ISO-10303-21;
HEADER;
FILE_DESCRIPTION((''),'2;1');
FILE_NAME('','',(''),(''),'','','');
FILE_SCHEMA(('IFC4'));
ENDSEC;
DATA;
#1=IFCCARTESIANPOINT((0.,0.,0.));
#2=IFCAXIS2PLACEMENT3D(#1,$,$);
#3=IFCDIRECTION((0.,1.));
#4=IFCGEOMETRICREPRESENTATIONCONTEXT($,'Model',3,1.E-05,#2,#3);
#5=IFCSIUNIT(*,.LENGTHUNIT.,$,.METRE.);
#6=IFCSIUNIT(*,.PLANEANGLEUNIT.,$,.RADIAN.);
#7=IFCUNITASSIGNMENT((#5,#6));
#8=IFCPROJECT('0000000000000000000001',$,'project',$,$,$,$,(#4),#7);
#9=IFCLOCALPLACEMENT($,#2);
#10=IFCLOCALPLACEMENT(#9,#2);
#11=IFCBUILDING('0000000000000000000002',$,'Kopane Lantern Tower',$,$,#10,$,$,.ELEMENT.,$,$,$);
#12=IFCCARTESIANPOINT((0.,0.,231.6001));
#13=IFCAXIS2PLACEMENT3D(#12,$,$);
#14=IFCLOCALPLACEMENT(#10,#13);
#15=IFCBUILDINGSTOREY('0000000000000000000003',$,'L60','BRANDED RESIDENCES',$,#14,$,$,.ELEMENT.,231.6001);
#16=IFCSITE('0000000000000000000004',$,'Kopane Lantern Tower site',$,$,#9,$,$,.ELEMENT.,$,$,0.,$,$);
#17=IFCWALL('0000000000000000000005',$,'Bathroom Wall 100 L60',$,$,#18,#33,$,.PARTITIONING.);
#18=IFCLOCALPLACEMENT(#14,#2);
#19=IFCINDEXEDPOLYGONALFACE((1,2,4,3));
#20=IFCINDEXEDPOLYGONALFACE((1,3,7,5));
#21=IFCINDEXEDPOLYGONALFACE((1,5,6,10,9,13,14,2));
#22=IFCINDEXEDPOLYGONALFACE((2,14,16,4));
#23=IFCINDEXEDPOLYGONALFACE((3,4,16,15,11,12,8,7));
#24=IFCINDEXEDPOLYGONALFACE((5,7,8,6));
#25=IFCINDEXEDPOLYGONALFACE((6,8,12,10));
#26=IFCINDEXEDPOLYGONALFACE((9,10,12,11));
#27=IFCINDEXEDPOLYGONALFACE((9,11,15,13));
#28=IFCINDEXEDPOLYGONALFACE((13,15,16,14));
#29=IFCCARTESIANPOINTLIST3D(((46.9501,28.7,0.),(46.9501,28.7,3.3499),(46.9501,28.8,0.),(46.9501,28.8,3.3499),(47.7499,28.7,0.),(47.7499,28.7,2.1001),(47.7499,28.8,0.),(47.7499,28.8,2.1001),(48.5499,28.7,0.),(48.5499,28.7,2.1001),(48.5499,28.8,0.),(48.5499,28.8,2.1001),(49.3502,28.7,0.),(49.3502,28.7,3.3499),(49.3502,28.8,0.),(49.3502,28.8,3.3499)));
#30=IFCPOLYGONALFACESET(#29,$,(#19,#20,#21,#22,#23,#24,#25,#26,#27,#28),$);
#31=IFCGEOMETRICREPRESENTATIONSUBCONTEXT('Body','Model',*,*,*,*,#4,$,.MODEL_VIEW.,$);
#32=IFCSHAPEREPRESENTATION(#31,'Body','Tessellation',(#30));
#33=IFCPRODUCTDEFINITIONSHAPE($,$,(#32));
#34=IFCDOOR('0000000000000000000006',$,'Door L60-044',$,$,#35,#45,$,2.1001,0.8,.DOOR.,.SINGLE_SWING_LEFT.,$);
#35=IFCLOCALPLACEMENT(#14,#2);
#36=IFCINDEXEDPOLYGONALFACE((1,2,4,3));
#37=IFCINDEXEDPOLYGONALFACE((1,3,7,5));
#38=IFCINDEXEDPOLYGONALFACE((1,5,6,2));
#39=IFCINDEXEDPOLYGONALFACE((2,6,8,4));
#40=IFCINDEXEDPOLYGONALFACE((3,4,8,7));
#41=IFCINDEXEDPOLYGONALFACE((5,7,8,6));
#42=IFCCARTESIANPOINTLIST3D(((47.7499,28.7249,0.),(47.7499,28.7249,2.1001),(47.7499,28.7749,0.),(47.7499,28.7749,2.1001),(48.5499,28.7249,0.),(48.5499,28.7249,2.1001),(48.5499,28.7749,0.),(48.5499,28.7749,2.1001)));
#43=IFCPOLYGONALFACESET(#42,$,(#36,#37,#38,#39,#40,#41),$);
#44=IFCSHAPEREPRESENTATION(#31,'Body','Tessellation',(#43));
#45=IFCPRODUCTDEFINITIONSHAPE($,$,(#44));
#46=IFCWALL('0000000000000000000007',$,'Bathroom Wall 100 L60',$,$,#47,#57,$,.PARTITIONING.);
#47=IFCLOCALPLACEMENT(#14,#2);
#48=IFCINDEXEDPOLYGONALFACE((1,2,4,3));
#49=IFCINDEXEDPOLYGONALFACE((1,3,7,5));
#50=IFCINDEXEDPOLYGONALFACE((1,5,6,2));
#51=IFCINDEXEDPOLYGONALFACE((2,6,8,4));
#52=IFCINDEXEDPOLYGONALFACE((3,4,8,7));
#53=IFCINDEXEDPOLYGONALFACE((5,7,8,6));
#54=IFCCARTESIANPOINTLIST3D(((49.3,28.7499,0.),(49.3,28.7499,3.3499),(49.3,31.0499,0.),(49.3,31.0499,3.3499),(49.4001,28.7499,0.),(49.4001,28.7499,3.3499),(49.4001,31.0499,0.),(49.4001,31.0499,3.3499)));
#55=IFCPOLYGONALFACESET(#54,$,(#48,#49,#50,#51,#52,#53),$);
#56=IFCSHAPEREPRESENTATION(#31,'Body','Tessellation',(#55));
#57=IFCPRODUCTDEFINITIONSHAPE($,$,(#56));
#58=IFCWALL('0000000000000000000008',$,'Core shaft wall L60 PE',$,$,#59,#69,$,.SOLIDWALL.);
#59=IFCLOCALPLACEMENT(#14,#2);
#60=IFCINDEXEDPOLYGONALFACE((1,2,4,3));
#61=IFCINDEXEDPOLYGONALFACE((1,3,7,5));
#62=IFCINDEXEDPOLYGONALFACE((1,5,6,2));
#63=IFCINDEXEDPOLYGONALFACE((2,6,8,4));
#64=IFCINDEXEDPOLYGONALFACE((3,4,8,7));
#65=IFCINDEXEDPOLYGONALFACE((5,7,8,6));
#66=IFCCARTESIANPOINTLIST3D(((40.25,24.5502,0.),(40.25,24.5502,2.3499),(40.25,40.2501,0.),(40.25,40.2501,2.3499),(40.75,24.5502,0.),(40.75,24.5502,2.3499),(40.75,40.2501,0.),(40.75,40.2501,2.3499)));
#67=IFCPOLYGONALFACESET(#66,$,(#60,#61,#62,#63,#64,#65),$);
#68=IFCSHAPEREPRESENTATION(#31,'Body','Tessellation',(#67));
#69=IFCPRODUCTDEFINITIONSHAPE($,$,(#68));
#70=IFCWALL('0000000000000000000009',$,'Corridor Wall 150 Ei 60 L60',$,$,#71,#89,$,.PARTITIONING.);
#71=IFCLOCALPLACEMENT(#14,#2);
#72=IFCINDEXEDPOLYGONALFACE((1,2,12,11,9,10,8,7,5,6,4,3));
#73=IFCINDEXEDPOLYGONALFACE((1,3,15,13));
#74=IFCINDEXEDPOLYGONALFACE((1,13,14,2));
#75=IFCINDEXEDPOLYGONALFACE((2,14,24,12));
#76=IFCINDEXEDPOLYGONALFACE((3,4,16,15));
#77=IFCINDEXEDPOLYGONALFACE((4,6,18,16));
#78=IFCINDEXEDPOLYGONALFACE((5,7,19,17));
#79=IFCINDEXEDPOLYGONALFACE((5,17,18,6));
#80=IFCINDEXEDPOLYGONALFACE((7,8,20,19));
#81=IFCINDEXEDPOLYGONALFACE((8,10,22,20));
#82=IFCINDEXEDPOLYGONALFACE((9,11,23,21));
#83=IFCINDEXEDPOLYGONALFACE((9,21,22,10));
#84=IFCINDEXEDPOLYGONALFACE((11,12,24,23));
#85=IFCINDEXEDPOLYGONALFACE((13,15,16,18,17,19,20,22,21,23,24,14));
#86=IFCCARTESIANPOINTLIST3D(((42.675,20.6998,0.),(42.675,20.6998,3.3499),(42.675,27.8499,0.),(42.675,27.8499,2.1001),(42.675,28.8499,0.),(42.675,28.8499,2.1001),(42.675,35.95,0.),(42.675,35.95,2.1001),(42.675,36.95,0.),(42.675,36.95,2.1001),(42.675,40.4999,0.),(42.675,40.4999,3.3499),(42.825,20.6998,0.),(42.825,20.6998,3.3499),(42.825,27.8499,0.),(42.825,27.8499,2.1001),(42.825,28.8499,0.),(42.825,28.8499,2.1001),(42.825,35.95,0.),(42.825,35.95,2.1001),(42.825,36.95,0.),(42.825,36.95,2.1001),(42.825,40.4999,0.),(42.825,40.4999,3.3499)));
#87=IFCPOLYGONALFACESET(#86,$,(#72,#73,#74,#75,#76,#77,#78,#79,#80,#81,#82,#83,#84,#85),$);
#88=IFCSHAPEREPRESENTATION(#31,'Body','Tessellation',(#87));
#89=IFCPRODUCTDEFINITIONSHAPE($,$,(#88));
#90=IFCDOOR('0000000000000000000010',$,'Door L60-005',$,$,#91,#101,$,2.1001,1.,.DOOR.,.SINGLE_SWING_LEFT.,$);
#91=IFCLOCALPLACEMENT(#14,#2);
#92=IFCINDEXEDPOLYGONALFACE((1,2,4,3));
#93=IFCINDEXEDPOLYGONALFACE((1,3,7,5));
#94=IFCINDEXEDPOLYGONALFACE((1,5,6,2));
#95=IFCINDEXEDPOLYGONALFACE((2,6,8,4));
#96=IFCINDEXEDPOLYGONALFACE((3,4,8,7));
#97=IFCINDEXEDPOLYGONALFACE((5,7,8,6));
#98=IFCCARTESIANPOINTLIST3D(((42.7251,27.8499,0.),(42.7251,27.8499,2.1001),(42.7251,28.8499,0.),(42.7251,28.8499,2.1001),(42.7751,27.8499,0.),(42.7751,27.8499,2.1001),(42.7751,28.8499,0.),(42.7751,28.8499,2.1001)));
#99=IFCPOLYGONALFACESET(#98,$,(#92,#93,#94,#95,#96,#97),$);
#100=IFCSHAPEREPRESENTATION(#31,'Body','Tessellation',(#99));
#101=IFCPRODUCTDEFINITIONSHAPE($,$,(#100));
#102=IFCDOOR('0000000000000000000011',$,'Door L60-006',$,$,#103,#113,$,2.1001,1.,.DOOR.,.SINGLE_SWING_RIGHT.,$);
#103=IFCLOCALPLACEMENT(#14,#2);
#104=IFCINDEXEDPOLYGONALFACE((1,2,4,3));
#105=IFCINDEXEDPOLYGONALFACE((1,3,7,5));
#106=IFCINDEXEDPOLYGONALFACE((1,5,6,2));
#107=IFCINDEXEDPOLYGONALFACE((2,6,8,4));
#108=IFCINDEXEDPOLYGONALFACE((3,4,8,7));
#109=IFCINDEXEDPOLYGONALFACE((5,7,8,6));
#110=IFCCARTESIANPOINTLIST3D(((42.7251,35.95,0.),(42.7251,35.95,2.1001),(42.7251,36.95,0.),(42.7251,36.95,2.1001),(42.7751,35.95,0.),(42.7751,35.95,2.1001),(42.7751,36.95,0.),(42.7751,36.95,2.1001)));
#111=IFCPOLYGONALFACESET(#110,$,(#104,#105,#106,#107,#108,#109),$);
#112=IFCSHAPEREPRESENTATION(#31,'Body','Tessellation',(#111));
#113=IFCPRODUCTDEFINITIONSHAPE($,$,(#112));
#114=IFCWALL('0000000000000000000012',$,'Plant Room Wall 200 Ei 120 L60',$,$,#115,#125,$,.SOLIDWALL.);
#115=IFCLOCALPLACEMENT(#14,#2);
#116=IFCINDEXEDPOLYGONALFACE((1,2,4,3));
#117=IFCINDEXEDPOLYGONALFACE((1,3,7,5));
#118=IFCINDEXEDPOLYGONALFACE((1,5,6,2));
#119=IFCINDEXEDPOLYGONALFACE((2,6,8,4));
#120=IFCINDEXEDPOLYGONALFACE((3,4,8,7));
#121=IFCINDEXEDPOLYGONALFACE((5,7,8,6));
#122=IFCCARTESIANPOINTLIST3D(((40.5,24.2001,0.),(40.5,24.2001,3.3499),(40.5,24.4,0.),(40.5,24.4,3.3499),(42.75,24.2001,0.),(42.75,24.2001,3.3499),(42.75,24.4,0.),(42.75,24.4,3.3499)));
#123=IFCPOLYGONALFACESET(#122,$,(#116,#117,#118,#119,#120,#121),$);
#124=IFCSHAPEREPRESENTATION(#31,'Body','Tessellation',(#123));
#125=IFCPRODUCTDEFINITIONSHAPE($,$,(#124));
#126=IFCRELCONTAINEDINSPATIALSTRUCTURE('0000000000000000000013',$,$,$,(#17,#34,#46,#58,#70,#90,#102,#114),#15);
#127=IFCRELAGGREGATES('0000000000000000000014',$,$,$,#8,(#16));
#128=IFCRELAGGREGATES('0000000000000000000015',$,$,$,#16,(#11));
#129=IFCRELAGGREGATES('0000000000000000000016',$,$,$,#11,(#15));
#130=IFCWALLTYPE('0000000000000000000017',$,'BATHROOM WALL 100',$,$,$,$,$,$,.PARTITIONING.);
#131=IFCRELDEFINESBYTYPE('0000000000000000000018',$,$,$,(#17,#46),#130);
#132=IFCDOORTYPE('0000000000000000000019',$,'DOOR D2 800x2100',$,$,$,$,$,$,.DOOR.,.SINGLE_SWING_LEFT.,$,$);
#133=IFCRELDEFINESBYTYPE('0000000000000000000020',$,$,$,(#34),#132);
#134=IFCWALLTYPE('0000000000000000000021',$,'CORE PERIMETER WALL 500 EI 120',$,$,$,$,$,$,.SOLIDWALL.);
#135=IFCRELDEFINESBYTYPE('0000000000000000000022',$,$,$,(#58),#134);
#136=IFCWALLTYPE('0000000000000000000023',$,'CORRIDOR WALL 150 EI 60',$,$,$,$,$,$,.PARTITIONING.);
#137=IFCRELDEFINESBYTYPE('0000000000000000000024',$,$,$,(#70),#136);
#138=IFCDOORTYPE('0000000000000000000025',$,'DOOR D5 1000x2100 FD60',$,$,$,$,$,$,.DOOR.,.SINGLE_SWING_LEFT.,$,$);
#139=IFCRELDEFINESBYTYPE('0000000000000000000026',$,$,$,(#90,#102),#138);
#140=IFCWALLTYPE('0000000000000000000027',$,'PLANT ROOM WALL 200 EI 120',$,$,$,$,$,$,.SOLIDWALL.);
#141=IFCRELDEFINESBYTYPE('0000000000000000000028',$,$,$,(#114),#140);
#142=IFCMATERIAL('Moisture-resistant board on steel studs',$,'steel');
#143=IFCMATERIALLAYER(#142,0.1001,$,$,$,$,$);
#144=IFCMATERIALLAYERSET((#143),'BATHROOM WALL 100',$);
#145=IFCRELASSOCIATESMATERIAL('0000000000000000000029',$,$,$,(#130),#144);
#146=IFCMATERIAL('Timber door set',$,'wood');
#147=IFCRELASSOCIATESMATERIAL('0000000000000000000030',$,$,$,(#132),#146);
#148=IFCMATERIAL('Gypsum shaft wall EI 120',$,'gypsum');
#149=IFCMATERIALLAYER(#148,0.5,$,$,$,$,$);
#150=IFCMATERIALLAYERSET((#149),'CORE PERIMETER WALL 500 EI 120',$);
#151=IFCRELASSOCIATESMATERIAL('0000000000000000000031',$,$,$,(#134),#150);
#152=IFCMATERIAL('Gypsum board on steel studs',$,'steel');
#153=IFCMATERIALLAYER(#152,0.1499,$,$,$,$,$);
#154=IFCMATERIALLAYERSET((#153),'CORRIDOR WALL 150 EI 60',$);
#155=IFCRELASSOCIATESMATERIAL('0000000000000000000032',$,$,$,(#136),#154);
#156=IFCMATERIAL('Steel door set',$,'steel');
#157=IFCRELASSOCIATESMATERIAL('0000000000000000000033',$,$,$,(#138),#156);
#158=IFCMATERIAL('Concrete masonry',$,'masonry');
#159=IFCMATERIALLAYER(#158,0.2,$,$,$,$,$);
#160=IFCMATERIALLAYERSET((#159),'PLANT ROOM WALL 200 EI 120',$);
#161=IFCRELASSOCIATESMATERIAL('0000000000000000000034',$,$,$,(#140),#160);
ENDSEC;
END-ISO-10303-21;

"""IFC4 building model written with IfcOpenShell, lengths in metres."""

from ifc_helpers import new_model, si_unit, direction, frame, frame_2d, origin, place, context, subcontext, project, spatial, rectangle, extrude, material, layer, layer_set, type_object, element, fill, save


model = new_model("IFC4")

# Units and contexts
model_context = context("Model", 3, precision=1e-05, world=origin(), true_north=direction((0.0, 1.0)))
body_context = subcontext(model_context, "Body", "Model", "MODEL_VIEW")
ifc_project = project(units=[si_unit("LENGTHUNIT", "METRE"), si_unit("PLANEANGLEUNIT", "RADIAN")], contexts=[model_context])

# Site, building, storey
site_placement = place(None, origin())
site = spatial("IfcSite", under=ifc_project, at=site_placement, Name="Kopane Lantern Tower site", CompositionType="ELEMENT", RefElevation=0.0)
building_placement = place(site_placement, origin())
building = spatial("IfcBuilding", under=site, at=building_placement, Name="Kopane Lantern Tower", CompositionType="ELEMENT")
storey_placement = place(building_placement, frame((0.0, 0.0, 231.6001)))
storey = spatial("IfcBuildingStorey", under=building, at=storey_placement, Name="L60", Description="BRANDED RESIDENCES", CompositionType="ELEMENT", Elevation=231.6001)

# Wall, opening, door
ifc_material_1 = material(Name="Moisture-resistant board on steel studs", Category="steel")
ifc_layer_1 = layer(ifc_material_1, 0.1001)
ifc_layer_set_1 = layer_set([ifc_layer_1], Name="BATHROOM WALL 100")
wall_type_1 = type_object("IfcWallType", Name="BATHROOM WALL 100", PredefinedType="PARTITIONING", material=ifc_layer_set_1)
wall_1_placement = place(storey_placement, frame((46.95, 28.75, 0.0), z_axis=(0.0, 0.0, 1.0), x_axis=(1.0, 0.0, 0.0)))
wall_1 = element("IfcWall", 1, at=wall_1_placement, inside=storey, type_object=wall_type_1, Name="Bathroom Wall 100 L60", PredefinedType="PARTITIONING", context=body_context, shape_type="SweptSolid", body=[
    extrude(rectangle(XDim=2.4001, YDim=0.1001, at=frame_2d((1.2002, 0.0))), origin(), (0.0, 0.0, 1.0), 3.3499),
])
opening_1_placement = place(wall_1_placement, frame((0.8, 0.0, 0.0)))
opening_1 = element("IfcOpeningElement", 2, at=opening_1_placement, cuts=wall_1, PredefinedType="OPENING", context=body_context, shape_type="SweptSolid", body=[
    extrude(rectangle(XDim=0.8, YDim=2.1001, at=frame_2d((0.3999, 1.05))), frame((0.0, 0.0601, 0.0), z_axis=(0.0, -1.0, 0.0), x_axis=(1.0, 0.0, 0.0)), (0.0, 0.0, 1.0), 0.1201),
])
ifc_material_2 = material(Name="Timber door set", Category="wood")
door_type_1 = type_object("IfcDoorType", Name="DOOR D2 800x2100", OperationType="SINGLE_SWING_LEFT", PredefinedType="DOOR", material=ifc_material_2)
door_1_placement = place(opening_1_placement, origin())
door_1 = element("IfcDoor", 3, at=door_1_placement, inside=storey, type_object=door_type_1, Name="Door L60-044", OperationType="SINGLE_SWING_LEFT", OverallHeight=2.1001, OverallWidth=0.8, PredefinedType="DOOR", context=body_context, shape_type="SweptSolid", body=[
    extrude(rectangle(XDim=0.8, YDim=2.1001, at=frame_2d((0.3999, 1.05))), frame((0.0, 0.0249, 0.0), z_axis=(0.0, -1.0, 0.0), x_axis=(1.0, 0.0, 0.0)), (0.0, 0.0, 1.0), 0.05),
])
fill(opening_1, door_1)

# Walls
wall_2_placement = place(storey_placement, frame((49.3501, 28.75, 0.0), z_axis=(0.0, 0.0, 1.0), x_axis=(0.0, 1.0, 0.0)))
element("IfcWall", 4, at=wall_2_placement, inside=storey, type_object=wall_type_1, Name="Bathroom Wall 100 L60", PredefinedType="PARTITIONING", context=body_context, shape_type="SweptSolid", body=[
    extrude(rectangle(XDim=2.3, YDim=0.1001, at=frame_2d((1.1499, 0.0))), origin(), (0.0, 0.0, 1.0), 3.3499),
])
ifc_material_3 = material(Name="Gypsum shaft wall EI 120", Category="gypsum")
ifc_layer_2 = layer(ifc_material_3, 0.5)
ifc_layer_set_2 = layer_set([ifc_layer_2], Name="CORE PERIMETER WALL 500 EI 120")
wall_type_2 = type_object("IfcWallType", Name="CORE PERIMETER WALL 500 EI 120", PredefinedType="SOLIDWALL", material=ifc_layer_set_2)
wall_3_placement = place(storey_placement, frame((40.5, 24.55, 0.0), z_axis=(0.0, 0.0, 1.0), x_axis=(0.0, 1.0, 0.0)))
element("IfcWall", 5, at=wall_3_placement, inside=storey, type_object=wall_type_2, Name="Core shaft wall L60 PE", PredefinedType="SOLIDWALL", context=body_context, shape_type="SweptSolid", body=[
    extrude(rectangle(XDim=15.7, YDim=0.5, at=frame_2d((7.8501, 0.0))), origin(), (0.0, 0.0, 1.0), 2.3499),
])

# Wall, openings, doors
ifc_material_4 = material(Name="Gypsum board on steel studs", Category="steel")
ifc_layer_3 = layer(ifc_material_4, 0.1499)
ifc_layer_set_3 = layer_set([ifc_layer_3], Name="CORRIDOR WALL 150 EI 60")
wall_type_3 = type_object("IfcWallType", Name="CORRIDOR WALL 150 EI 60", PredefinedType="PARTITIONING", material=ifc_layer_set_3)
wall_4_placement = place(storey_placement, frame((42.75, 20.7, 0.0), z_axis=(0.0, 0.0, 1.0), x_axis=(0.0, 1.0, 0.0)))
wall_4 = element("IfcWall", 6, at=wall_4_placement, inside=storey, type_object=wall_type_3, Name="Corridor Wall 150 Ei 60 L60", PredefinedType="PARTITIONING", context=body_context, shape_type="SweptSolid", body=[
    extrude(rectangle(XDim=19.8, YDim=0.1499, at=frame_2d((9.8999, 0.0))), origin(), (0.0, 0.0, 1.0), 3.3499),
])
opening_2_placement = place(wall_4_placement, frame((7.1499, 0.0, 0.0)))
opening_2 = element("IfcOpeningElement", 7, at=opening_2_placement, cuts=wall_4, PredefinedType="OPENING", context=body_context, shape_type="SweptSolid", body=[
    extrude(rectangle(XDim=1.0, YDim=2.1001, at=frame_2d((0.5, 1.05))), frame((0.0, 0.085, 0.0), z_axis=(0.0, -1.0, 0.0), x_axis=(1.0, 0.0, 0.0)), (0.0, 0.0, 1.0), 0.1699),
])
opening_3_placement = place(wall_4_placement, frame((15.25, 0.0, 0.0)))
opening_3 = element("IfcOpeningElement", 8, at=opening_3_placement, cuts=wall_4, PredefinedType="OPENING", context=body_context, shape_type="SweptSolid", body=[
    extrude(rectangle(XDim=1.0, YDim=2.1001, at=frame_2d((0.5, 1.05))), frame((0.0, 0.085, 0.0), z_axis=(0.0, -1.0, 0.0), x_axis=(1.0, 0.0, 0.0)), (0.0, 0.0, 1.0), 0.1699),
])
ifc_material_5 = material(Name="Steel door set", Category="steel")
door_type_2 = type_object("IfcDoorType", Name="DOOR D5 1000x2100 FD60", OperationType="SINGLE_SWING_LEFT", PredefinedType="DOOR", material=ifc_material_5)
door_2_placement = place(opening_2_placement, origin())
door_2 = element("IfcDoor", 9, at=door_2_placement, inside=storey, type_object=door_type_2, Name="Door L60-005", OperationType="SINGLE_SWING_LEFT", OverallHeight=2.1001, OverallWidth=1.0, PredefinedType="DOOR", context=body_context, shape_type="SweptSolid", body=[
    extrude(rectangle(XDim=1.0, YDim=2.1001, at=frame_2d((0.5, 1.05))), frame((0.0, 0.0249, 0.0), z_axis=(0.0, -1.0, 0.0), x_axis=(1.0, 0.0, 0.0)), (0.0, 0.0, 1.0), 0.05),
])
fill(opening_2, door_2)
door_3_placement = place(opening_3_placement, origin())
door_3 = element("IfcDoor", 10, at=door_3_placement, inside=storey, type_object=door_type_2, Name="Door L60-006", OperationType="SINGLE_SWING_RIGHT", OverallHeight=2.1001, OverallWidth=1.0, PredefinedType="DOOR", context=body_context, shape_type="SweptSolid", body=[
    extrude(rectangle(XDim=1.0, YDim=2.1001, at=frame_2d((0.5, 1.05))), frame((0.0, 0.0249, 0.0), z_axis=(0.0, -1.0, 0.0), x_axis=(1.0, 0.0, 0.0)), (0.0, 0.0, 1.0), 0.05),
])
fill(opening_3, door_3)

# Wall
ifc_material_6 = material(Name="Concrete masonry", Category="masonry")
ifc_layer_4 = layer(ifc_material_6, 0.2)
ifc_layer_set_4 = layer_set([ifc_layer_4], Name="PLANT ROOM WALL 200 EI 120")
wall_type_4 = type_object("IfcWallType", Name="PLANT ROOM WALL 200 EI 120", PredefinedType="SOLIDWALL", material=ifc_layer_set_4)
wall_5_placement = place(storey_placement, frame((40.5, 24.3, 0.0), z_axis=(0.0, 0.0, 1.0), x_axis=(1.0, 0.0, 0.0)))
element("IfcWall", 11, at=wall_5_placement, inside=storey, type_object=wall_type_4, Name="Plant Room Wall 200 Ei 120 L60", PredefinedType="SOLIDWALL", context=body_context, shape_type="SweptSolid", body=[
    extrude(rectangle(XDim=2.25, YDim=0.2, at=frame_2d((1.125, 0.0))), origin(), (0.0, 0.0, 1.0), 3.3499),
])

save(model, "model.ifc")
